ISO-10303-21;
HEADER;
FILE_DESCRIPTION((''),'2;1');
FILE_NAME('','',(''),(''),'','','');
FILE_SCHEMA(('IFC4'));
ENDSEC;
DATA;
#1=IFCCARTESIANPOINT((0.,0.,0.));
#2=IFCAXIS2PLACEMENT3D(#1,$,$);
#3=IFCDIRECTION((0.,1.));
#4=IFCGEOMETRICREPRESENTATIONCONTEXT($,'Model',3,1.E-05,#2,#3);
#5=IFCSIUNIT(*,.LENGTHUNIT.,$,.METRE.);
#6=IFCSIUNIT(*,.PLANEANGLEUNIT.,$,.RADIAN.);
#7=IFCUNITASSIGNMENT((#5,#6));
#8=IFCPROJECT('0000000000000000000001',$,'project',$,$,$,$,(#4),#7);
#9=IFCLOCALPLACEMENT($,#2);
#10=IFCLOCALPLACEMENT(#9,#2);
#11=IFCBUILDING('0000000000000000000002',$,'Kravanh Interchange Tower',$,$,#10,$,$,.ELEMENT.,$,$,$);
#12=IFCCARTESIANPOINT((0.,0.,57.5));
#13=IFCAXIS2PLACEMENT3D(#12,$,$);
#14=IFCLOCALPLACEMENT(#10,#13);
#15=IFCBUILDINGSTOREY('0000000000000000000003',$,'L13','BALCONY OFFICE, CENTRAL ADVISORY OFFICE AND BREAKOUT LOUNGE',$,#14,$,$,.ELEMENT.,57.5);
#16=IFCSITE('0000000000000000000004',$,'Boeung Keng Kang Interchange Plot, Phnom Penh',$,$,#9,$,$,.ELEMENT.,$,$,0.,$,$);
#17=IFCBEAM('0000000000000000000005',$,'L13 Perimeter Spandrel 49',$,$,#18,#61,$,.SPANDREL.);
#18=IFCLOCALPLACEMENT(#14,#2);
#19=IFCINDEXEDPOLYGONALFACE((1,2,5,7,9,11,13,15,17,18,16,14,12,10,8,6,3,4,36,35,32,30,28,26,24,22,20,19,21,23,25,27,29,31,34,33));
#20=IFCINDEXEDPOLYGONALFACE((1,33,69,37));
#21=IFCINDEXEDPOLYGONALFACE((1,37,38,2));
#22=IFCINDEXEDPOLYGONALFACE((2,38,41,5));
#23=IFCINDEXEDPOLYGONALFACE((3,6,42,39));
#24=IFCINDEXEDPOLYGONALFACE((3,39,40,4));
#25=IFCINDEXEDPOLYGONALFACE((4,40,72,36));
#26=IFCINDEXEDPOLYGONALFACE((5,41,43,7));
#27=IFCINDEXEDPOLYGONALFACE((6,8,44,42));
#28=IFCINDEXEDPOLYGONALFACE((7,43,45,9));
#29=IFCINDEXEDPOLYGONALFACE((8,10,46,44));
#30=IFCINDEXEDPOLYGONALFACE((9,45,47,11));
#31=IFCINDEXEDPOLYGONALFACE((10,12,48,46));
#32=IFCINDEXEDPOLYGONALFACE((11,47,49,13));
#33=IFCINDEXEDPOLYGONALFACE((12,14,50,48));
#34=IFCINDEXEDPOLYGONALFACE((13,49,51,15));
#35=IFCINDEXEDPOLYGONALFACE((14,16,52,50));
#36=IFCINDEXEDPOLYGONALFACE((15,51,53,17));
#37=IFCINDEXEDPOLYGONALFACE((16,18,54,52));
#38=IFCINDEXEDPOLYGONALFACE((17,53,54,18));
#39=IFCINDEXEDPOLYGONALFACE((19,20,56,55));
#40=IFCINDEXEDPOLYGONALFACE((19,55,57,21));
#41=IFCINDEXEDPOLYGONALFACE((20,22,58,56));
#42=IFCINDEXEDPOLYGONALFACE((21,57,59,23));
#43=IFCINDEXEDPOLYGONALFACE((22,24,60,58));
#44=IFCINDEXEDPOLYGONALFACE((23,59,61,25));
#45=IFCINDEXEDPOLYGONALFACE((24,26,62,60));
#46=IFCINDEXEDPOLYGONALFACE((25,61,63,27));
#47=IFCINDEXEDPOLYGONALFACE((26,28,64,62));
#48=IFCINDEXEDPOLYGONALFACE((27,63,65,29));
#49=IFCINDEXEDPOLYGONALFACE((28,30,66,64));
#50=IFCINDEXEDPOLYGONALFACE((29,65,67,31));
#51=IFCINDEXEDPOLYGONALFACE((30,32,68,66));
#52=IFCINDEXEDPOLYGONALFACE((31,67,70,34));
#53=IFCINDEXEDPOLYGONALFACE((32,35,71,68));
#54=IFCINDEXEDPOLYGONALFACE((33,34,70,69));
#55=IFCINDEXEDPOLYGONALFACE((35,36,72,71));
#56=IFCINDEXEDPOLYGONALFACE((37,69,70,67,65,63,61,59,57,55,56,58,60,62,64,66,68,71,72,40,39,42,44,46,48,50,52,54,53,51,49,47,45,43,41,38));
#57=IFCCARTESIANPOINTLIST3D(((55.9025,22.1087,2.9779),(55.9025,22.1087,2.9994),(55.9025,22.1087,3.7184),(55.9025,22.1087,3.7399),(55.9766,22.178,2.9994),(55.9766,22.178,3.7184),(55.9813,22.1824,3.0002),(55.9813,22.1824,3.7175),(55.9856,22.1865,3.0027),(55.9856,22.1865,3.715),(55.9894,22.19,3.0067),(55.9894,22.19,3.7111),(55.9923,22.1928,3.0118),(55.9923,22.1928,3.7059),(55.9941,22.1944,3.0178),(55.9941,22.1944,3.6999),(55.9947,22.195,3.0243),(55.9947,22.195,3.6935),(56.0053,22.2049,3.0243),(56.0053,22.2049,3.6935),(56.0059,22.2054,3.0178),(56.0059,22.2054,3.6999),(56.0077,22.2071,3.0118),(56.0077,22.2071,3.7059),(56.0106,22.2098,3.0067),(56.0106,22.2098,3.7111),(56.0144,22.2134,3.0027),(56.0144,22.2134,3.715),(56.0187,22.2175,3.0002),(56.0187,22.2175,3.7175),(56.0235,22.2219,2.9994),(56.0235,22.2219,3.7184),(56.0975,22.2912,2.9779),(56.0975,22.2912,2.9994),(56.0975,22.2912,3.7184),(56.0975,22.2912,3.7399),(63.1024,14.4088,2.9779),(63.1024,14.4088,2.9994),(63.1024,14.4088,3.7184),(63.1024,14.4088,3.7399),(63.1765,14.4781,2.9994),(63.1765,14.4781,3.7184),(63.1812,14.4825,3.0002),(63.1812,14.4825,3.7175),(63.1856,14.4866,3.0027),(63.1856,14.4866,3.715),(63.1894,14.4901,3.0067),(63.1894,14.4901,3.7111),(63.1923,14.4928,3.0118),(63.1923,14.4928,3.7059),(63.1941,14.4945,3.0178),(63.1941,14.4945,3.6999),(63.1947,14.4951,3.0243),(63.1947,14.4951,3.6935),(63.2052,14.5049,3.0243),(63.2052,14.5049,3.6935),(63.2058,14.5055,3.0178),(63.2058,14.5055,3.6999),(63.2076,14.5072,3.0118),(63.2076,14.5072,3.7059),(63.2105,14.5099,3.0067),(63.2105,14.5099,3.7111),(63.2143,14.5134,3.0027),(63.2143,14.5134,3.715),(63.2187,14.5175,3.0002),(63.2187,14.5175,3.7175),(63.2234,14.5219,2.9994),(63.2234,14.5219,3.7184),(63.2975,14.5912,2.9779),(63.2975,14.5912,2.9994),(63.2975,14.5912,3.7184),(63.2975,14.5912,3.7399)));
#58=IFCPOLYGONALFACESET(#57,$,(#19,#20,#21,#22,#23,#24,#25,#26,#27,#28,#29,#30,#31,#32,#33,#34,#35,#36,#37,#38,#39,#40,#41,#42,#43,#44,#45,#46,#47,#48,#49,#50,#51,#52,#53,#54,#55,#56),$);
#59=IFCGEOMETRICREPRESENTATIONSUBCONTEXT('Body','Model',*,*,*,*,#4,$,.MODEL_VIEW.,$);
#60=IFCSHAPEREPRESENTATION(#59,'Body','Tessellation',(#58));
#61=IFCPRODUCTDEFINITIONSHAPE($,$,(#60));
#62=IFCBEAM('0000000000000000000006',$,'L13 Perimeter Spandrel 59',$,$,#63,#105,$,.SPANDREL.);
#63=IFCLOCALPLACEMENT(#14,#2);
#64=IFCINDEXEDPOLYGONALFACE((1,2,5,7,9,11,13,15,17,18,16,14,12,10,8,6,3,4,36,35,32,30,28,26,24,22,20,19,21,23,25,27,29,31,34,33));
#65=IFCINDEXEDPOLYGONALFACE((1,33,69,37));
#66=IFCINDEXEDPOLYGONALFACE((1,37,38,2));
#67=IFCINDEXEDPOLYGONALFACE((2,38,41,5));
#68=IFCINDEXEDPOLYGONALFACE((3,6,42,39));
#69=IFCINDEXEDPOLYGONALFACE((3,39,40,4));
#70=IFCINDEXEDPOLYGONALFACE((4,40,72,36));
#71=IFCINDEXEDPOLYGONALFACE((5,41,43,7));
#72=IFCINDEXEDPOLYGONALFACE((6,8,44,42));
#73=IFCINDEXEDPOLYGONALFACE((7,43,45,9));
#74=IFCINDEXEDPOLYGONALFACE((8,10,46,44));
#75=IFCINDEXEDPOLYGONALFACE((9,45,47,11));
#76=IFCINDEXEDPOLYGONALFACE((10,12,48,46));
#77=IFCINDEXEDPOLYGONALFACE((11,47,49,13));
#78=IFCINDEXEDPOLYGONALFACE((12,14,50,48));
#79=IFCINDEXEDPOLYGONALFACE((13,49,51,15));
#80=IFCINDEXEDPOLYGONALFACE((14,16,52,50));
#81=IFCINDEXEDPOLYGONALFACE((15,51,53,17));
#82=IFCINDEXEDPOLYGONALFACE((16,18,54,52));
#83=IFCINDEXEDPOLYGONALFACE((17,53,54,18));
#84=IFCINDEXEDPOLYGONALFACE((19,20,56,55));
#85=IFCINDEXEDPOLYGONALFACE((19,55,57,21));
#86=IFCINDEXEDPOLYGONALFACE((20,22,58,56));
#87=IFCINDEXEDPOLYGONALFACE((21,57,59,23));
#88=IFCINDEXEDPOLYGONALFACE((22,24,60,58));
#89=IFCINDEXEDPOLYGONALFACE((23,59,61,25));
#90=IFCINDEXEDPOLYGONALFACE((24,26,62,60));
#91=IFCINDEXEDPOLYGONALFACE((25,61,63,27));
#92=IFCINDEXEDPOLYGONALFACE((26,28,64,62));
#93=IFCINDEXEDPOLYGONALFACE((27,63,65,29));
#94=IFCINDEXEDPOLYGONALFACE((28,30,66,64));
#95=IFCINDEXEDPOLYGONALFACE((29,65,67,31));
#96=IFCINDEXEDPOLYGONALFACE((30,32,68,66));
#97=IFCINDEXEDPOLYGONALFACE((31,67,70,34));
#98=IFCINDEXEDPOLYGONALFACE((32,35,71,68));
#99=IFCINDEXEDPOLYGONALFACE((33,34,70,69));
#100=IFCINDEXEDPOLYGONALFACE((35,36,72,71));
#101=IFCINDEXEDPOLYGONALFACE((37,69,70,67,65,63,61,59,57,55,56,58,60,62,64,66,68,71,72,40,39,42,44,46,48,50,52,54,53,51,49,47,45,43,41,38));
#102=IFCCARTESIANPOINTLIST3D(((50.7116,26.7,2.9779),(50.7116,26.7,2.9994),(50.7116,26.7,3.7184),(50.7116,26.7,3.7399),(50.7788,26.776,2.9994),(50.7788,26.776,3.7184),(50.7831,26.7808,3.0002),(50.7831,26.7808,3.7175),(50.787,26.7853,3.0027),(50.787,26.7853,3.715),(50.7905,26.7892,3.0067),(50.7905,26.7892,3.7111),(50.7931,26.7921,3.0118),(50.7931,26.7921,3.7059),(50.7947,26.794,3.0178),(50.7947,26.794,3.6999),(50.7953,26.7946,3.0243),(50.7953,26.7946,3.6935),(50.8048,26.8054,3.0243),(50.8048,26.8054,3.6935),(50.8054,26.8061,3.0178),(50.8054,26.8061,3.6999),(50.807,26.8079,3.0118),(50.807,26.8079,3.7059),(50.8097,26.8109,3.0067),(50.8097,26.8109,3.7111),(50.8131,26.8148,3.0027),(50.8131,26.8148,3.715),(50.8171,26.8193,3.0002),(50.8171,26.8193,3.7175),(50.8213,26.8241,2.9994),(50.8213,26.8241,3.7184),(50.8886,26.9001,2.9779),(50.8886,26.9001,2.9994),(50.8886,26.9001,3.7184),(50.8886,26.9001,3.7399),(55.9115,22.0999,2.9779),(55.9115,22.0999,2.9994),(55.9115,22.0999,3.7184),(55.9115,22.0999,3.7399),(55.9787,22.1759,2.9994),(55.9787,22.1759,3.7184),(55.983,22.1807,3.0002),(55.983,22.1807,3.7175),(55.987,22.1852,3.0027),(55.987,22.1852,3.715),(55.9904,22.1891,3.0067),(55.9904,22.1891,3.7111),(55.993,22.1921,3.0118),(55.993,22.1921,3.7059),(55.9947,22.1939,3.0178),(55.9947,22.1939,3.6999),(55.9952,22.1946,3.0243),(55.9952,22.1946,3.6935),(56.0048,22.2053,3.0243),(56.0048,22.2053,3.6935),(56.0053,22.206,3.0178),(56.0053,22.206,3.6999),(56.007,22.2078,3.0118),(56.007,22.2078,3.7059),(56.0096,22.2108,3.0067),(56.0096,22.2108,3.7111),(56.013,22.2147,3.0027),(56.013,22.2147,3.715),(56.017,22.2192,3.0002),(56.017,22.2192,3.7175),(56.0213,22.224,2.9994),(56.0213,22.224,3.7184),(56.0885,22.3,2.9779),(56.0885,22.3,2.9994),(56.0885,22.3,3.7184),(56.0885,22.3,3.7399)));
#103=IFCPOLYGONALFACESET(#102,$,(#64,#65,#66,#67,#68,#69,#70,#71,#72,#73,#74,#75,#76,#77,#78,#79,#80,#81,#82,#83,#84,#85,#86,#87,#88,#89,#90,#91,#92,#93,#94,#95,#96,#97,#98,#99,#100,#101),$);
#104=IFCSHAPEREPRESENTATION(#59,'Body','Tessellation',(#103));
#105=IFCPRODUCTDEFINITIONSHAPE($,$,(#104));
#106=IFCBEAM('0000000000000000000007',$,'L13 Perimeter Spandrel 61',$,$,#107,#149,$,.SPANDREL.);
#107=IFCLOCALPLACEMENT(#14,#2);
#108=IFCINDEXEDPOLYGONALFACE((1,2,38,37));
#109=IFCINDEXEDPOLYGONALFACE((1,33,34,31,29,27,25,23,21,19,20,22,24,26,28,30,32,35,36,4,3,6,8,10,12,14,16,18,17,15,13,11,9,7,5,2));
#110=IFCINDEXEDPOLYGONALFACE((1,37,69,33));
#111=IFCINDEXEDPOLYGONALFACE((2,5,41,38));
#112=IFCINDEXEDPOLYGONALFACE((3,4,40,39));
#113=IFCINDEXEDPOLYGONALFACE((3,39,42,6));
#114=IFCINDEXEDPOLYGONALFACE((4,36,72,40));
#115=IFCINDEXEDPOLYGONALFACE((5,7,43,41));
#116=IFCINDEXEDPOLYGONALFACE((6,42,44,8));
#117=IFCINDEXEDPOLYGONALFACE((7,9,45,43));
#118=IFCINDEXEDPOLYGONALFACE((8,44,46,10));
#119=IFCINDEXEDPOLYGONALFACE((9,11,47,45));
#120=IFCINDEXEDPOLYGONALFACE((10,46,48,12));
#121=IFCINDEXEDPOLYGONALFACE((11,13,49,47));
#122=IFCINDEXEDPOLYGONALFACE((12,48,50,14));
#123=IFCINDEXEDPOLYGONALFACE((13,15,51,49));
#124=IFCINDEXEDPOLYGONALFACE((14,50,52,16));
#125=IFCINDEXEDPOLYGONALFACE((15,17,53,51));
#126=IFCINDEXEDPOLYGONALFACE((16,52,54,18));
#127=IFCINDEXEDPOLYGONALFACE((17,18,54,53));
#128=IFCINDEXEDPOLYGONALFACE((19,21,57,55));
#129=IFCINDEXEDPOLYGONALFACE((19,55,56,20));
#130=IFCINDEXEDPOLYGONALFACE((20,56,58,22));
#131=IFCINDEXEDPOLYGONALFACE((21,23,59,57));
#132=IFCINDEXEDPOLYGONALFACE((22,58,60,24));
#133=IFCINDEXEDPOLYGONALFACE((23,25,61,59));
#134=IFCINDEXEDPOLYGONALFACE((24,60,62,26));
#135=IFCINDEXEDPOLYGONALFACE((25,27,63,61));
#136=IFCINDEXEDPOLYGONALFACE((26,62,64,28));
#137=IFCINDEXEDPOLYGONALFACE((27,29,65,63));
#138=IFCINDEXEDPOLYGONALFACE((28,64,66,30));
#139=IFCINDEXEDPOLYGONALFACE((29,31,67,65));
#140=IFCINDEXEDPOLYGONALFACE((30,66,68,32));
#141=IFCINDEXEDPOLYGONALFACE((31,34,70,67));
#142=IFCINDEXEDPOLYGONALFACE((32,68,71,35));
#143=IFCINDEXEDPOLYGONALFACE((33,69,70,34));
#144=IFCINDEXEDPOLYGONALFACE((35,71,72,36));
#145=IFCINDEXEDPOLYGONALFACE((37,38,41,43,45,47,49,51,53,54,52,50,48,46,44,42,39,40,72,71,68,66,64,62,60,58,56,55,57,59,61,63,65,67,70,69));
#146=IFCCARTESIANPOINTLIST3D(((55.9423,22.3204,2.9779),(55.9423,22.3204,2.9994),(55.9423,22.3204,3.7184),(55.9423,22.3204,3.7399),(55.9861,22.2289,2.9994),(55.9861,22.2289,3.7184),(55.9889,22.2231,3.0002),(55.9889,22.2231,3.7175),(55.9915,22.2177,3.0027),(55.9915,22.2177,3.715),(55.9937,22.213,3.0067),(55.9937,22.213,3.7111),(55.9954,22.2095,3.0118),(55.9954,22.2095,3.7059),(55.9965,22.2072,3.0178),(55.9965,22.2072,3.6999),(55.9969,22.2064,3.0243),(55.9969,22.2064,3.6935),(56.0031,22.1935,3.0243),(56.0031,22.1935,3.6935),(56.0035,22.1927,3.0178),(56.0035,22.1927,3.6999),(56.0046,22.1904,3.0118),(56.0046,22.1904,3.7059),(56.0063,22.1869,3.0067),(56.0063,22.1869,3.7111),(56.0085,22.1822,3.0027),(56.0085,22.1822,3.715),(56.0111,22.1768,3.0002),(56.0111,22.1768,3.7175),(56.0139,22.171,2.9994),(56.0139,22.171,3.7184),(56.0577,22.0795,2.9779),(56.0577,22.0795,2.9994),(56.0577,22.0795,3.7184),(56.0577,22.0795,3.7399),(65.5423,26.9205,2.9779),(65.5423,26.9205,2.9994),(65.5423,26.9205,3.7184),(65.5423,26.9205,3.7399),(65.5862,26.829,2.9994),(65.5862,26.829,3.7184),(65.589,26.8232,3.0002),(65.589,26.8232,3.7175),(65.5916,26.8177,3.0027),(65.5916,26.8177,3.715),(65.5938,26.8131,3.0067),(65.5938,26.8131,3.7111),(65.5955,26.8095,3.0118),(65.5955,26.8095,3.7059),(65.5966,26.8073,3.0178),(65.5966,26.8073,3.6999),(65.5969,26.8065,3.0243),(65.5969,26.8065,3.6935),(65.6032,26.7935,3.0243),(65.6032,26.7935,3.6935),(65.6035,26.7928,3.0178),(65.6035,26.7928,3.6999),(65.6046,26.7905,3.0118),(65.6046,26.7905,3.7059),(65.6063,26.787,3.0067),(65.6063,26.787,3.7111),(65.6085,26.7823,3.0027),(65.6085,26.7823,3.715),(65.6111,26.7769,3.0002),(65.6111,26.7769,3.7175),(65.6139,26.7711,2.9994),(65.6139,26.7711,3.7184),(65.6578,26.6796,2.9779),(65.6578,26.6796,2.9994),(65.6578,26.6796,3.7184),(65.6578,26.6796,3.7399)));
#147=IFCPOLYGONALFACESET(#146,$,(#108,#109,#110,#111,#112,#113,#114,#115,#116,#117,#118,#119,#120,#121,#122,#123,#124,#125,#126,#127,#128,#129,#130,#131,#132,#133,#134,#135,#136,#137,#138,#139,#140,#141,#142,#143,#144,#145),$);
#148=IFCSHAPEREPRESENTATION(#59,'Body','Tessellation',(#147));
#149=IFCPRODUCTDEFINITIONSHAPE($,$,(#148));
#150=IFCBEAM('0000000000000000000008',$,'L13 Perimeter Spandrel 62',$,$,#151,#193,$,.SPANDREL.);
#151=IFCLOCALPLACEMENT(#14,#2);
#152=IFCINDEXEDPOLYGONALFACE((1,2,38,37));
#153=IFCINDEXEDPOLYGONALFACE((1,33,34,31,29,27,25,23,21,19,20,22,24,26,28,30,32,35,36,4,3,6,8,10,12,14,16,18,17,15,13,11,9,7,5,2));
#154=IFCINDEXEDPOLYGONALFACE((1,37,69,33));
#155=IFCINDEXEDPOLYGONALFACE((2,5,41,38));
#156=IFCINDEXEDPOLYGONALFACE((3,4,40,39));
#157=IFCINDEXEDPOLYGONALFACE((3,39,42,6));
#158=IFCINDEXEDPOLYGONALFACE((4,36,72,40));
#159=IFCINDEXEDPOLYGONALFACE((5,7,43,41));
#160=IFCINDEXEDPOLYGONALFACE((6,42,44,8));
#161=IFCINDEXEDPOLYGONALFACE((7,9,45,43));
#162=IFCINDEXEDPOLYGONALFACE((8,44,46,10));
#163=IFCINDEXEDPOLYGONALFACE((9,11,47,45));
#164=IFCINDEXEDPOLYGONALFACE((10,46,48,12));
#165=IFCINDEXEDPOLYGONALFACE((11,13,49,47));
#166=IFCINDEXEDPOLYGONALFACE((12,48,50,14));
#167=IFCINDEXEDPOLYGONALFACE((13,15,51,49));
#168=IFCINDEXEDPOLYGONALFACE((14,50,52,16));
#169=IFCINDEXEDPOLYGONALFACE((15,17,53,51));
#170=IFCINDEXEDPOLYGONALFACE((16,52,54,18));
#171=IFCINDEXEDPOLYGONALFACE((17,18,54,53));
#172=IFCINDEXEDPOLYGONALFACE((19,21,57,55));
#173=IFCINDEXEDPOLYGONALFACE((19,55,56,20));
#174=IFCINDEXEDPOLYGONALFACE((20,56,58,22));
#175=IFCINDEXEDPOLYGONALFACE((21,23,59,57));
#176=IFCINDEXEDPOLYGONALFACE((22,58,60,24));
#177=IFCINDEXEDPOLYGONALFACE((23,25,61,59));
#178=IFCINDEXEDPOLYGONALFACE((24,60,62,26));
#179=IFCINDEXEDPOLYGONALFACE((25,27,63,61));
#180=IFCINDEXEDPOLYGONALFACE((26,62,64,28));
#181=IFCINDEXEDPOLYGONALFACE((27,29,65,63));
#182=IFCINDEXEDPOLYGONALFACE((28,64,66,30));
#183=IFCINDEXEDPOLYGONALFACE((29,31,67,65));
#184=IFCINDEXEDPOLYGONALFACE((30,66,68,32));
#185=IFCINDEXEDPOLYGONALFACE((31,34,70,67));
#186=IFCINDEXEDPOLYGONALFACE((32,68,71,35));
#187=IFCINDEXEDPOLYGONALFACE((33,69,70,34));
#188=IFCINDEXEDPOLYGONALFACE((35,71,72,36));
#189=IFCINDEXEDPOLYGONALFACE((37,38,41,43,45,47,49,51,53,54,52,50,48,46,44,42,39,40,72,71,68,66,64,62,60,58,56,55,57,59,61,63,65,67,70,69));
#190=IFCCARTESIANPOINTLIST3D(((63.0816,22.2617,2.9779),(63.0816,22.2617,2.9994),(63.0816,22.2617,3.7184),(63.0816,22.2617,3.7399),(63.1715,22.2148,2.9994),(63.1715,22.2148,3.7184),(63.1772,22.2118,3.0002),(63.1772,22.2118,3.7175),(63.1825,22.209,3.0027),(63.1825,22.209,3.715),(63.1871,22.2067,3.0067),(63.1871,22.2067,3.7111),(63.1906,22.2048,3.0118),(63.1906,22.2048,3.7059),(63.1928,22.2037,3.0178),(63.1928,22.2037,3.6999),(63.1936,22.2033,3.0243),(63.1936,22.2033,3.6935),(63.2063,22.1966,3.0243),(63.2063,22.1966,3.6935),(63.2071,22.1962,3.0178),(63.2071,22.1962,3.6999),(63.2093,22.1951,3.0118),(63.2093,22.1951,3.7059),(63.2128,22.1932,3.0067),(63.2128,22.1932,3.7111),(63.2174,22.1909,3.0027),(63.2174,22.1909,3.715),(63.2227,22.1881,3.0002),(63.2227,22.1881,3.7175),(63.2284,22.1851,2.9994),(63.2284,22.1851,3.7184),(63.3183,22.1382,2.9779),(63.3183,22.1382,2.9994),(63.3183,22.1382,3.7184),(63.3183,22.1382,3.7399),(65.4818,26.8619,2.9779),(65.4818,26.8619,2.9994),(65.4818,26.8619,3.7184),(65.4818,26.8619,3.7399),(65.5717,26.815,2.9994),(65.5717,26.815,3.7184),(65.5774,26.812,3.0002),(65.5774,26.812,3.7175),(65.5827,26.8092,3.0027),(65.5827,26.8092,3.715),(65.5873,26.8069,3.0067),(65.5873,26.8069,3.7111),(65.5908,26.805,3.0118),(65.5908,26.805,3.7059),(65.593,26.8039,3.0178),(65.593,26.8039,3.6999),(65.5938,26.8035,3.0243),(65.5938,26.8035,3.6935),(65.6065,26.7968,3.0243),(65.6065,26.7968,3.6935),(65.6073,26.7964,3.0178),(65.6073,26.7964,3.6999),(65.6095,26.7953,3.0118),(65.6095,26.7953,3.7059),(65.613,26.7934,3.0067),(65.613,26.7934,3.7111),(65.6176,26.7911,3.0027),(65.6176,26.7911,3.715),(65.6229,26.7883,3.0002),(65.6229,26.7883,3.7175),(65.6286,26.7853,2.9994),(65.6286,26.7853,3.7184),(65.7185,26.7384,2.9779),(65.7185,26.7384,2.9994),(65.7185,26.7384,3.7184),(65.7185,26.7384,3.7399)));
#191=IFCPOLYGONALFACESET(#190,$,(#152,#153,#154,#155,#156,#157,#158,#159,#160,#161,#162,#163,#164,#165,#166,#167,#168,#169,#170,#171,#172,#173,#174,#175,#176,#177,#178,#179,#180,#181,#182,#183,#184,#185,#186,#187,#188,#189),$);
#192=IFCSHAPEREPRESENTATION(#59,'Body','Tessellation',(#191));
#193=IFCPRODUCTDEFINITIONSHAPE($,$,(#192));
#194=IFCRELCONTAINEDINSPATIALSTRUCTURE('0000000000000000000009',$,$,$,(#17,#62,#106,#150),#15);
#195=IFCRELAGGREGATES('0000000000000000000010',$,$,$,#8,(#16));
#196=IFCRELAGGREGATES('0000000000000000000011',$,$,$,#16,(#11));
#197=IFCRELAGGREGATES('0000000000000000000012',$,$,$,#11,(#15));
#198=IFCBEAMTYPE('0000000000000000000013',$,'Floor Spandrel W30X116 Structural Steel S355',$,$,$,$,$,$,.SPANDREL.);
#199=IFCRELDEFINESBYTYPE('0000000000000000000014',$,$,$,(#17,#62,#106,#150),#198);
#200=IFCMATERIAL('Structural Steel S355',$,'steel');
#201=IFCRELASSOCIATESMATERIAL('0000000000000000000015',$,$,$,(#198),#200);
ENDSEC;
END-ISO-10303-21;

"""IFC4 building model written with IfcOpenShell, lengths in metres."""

from ifc_helpers import new_model, si_unit, direction, frame, origin, origin_2d, place, context, subcontext, project, spatial, i_section, extrude, material, material_profile, profile_set, type_object, element, save


model = new_model("IFC4")

# Units and contexts
model_context = context("Model", 3, precision=1e-05, world=origin(), true_north=direction((0.0, 1.0)))
body_context = subcontext(model_context, "Body", "Model", "MODEL_VIEW")
ifc_project = project(units=[si_unit("LENGTHUNIT", "METRE"), si_unit("PLANEANGLEUNIT", "RADIAN")], contexts=[model_context])

# Site, building, storey
site_placement = place(None, origin())
site = spatial("IfcSite", under=ifc_project, at=site_placement, Name="Boeung Keng Kang Interchange Plot, Phnom Penh", CompositionType="ELEMENT", RefElevation=0.0)
building_placement = place(site_placement, origin())
building = spatial("IfcBuilding", under=site, at=building_placement, Name="Kravanh Interchange Tower", CompositionType="ELEMENT")
storey_placement = place(building_placement, frame((0.0, 0.0, 57.5)))
storey = spatial("IfcBuildingStorey", under=building, at=storey_placement, Name="L13", Description="BALCONY OFFICE, CENTRAL ADVISORY OFFICE AND BREAKOUT LOUNGE", CompositionType="ELEMENT", Elevation=57.5)

# Beams
ifc_material_1 = material(Name="Structural Steel S355", Category="steel")
ifc_material_profile_1 = material_profile(ifc_material_1, i_section(OverallWidth=0.2671, OverallDepth=0.762, WebThickness=0.0144, FlangeThickness=0.0215, FilletRadius=0.0249, at=origin_2d()), Name="W30X116")
ifc_profile_set_1 = profile_set([ifc_material_profile_1], Name="Structural Steel S355")
beam_type_1 = type_object("IfcBeamType", Name="Floor Spandrel W30X116 Structural Steel S355", PredefinedType="SPANDREL", material=ifc_profile_set_1)
beam_1_placement = place(storey_placement, frame((63.2, 14.5, 3.3589), z_axis=(-0.682994, 0.730424, 0.0), x_axis=(-0.730424, -0.682994, 0.0)))
element("IfcBeam", 1, at=beam_1_placement, inside=storey, type_object=beam_type_1, Name="L13 Perimeter Spandrel 49", PredefinedType="SPANDREL", context=body_context, shape_type="SweptSolid", body=[
    extrude(i_section(OverallWidth=0.2671, OverallDepth=0.762, WebThickness=0.0144, FlangeThickness=0.0215, FilletRadius=0.0249, at=origin_2d()), origin(), (0.0, 0.0, 1.0), 10.5417),
])
beam_2_placement = place(storey_placement, frame((56.0, 22.2, 3.3589), z_axis=(-0.748986, 0.662585, 0.0), x_axis=(-0.662585, -0.748986, 0.0)))
element("IfcBeam", 2, at=beam_2_placement, inside=storey, type_object=beam_type_1, Name="L13 Perimeter Spandrel 59", PredefinedType="SPANDREL", context=body_context, shape_type="SweptSolid", body=[
    extrude(i_section(OverallWidth=0.2671, OverallDepth=0.762, WebThickness=0.0144, FlangeThickness=0.0215, FilletRadius=0.0249, at=origin_2d()), origin(), (0.0, 0.0, 1.0), 6.9426),
])
beam_3_placement = place(storey_placement, frame((56.0, 22.2, 3.3589), z_axis=(0.901814, 0.432124, 0.0), x_axis=(-0.432124, 0.901814, 0.0)))
element("IfcBeam", 3, at=beam_3_placement, inside=storey, type_object=beam_type_1, Name="L13 Perimeter Spandrel 61", PredefinedType="SPANDREL", context=body_context, shape_type="SweptSolid", body=[
    extrude(i_section(OverallWidth=0.2671, OverallDepth=0.762, WebThickness=0.0144, FlangeThickness=0.0215, FilletRadius=0.0249, at=origin_2d()), origin(), (0.0, 0.0, 1.0), 10.6453),
])
beam_4_placement = place(storey_placement, frame((63.2, 22.2, 3.3589), z_axis=(0.46258, 0.886577, 0.0), x_axis=(-0.886577, 0.46258, 0.0)))
element("IfcBeam", 4, at=beam_4_placement, inside=storey, type_object=beam_type_1, Name="L13 Perimeter Spandrel 62", PredefinedType="SPANDREL", context=body_context, shape_type="SweptSolid", body=[
    extrude(i_section(OverallWidth=0.2671, OverallDepth=0.762, WebThickness=0.0144, FlangeThickness=0.0215, FilletRadius=0.0249, at=origin_2d()), origin(), (0.0, 0.0, 1.0), 5.1887),
])

save(model, "model.ifc")
